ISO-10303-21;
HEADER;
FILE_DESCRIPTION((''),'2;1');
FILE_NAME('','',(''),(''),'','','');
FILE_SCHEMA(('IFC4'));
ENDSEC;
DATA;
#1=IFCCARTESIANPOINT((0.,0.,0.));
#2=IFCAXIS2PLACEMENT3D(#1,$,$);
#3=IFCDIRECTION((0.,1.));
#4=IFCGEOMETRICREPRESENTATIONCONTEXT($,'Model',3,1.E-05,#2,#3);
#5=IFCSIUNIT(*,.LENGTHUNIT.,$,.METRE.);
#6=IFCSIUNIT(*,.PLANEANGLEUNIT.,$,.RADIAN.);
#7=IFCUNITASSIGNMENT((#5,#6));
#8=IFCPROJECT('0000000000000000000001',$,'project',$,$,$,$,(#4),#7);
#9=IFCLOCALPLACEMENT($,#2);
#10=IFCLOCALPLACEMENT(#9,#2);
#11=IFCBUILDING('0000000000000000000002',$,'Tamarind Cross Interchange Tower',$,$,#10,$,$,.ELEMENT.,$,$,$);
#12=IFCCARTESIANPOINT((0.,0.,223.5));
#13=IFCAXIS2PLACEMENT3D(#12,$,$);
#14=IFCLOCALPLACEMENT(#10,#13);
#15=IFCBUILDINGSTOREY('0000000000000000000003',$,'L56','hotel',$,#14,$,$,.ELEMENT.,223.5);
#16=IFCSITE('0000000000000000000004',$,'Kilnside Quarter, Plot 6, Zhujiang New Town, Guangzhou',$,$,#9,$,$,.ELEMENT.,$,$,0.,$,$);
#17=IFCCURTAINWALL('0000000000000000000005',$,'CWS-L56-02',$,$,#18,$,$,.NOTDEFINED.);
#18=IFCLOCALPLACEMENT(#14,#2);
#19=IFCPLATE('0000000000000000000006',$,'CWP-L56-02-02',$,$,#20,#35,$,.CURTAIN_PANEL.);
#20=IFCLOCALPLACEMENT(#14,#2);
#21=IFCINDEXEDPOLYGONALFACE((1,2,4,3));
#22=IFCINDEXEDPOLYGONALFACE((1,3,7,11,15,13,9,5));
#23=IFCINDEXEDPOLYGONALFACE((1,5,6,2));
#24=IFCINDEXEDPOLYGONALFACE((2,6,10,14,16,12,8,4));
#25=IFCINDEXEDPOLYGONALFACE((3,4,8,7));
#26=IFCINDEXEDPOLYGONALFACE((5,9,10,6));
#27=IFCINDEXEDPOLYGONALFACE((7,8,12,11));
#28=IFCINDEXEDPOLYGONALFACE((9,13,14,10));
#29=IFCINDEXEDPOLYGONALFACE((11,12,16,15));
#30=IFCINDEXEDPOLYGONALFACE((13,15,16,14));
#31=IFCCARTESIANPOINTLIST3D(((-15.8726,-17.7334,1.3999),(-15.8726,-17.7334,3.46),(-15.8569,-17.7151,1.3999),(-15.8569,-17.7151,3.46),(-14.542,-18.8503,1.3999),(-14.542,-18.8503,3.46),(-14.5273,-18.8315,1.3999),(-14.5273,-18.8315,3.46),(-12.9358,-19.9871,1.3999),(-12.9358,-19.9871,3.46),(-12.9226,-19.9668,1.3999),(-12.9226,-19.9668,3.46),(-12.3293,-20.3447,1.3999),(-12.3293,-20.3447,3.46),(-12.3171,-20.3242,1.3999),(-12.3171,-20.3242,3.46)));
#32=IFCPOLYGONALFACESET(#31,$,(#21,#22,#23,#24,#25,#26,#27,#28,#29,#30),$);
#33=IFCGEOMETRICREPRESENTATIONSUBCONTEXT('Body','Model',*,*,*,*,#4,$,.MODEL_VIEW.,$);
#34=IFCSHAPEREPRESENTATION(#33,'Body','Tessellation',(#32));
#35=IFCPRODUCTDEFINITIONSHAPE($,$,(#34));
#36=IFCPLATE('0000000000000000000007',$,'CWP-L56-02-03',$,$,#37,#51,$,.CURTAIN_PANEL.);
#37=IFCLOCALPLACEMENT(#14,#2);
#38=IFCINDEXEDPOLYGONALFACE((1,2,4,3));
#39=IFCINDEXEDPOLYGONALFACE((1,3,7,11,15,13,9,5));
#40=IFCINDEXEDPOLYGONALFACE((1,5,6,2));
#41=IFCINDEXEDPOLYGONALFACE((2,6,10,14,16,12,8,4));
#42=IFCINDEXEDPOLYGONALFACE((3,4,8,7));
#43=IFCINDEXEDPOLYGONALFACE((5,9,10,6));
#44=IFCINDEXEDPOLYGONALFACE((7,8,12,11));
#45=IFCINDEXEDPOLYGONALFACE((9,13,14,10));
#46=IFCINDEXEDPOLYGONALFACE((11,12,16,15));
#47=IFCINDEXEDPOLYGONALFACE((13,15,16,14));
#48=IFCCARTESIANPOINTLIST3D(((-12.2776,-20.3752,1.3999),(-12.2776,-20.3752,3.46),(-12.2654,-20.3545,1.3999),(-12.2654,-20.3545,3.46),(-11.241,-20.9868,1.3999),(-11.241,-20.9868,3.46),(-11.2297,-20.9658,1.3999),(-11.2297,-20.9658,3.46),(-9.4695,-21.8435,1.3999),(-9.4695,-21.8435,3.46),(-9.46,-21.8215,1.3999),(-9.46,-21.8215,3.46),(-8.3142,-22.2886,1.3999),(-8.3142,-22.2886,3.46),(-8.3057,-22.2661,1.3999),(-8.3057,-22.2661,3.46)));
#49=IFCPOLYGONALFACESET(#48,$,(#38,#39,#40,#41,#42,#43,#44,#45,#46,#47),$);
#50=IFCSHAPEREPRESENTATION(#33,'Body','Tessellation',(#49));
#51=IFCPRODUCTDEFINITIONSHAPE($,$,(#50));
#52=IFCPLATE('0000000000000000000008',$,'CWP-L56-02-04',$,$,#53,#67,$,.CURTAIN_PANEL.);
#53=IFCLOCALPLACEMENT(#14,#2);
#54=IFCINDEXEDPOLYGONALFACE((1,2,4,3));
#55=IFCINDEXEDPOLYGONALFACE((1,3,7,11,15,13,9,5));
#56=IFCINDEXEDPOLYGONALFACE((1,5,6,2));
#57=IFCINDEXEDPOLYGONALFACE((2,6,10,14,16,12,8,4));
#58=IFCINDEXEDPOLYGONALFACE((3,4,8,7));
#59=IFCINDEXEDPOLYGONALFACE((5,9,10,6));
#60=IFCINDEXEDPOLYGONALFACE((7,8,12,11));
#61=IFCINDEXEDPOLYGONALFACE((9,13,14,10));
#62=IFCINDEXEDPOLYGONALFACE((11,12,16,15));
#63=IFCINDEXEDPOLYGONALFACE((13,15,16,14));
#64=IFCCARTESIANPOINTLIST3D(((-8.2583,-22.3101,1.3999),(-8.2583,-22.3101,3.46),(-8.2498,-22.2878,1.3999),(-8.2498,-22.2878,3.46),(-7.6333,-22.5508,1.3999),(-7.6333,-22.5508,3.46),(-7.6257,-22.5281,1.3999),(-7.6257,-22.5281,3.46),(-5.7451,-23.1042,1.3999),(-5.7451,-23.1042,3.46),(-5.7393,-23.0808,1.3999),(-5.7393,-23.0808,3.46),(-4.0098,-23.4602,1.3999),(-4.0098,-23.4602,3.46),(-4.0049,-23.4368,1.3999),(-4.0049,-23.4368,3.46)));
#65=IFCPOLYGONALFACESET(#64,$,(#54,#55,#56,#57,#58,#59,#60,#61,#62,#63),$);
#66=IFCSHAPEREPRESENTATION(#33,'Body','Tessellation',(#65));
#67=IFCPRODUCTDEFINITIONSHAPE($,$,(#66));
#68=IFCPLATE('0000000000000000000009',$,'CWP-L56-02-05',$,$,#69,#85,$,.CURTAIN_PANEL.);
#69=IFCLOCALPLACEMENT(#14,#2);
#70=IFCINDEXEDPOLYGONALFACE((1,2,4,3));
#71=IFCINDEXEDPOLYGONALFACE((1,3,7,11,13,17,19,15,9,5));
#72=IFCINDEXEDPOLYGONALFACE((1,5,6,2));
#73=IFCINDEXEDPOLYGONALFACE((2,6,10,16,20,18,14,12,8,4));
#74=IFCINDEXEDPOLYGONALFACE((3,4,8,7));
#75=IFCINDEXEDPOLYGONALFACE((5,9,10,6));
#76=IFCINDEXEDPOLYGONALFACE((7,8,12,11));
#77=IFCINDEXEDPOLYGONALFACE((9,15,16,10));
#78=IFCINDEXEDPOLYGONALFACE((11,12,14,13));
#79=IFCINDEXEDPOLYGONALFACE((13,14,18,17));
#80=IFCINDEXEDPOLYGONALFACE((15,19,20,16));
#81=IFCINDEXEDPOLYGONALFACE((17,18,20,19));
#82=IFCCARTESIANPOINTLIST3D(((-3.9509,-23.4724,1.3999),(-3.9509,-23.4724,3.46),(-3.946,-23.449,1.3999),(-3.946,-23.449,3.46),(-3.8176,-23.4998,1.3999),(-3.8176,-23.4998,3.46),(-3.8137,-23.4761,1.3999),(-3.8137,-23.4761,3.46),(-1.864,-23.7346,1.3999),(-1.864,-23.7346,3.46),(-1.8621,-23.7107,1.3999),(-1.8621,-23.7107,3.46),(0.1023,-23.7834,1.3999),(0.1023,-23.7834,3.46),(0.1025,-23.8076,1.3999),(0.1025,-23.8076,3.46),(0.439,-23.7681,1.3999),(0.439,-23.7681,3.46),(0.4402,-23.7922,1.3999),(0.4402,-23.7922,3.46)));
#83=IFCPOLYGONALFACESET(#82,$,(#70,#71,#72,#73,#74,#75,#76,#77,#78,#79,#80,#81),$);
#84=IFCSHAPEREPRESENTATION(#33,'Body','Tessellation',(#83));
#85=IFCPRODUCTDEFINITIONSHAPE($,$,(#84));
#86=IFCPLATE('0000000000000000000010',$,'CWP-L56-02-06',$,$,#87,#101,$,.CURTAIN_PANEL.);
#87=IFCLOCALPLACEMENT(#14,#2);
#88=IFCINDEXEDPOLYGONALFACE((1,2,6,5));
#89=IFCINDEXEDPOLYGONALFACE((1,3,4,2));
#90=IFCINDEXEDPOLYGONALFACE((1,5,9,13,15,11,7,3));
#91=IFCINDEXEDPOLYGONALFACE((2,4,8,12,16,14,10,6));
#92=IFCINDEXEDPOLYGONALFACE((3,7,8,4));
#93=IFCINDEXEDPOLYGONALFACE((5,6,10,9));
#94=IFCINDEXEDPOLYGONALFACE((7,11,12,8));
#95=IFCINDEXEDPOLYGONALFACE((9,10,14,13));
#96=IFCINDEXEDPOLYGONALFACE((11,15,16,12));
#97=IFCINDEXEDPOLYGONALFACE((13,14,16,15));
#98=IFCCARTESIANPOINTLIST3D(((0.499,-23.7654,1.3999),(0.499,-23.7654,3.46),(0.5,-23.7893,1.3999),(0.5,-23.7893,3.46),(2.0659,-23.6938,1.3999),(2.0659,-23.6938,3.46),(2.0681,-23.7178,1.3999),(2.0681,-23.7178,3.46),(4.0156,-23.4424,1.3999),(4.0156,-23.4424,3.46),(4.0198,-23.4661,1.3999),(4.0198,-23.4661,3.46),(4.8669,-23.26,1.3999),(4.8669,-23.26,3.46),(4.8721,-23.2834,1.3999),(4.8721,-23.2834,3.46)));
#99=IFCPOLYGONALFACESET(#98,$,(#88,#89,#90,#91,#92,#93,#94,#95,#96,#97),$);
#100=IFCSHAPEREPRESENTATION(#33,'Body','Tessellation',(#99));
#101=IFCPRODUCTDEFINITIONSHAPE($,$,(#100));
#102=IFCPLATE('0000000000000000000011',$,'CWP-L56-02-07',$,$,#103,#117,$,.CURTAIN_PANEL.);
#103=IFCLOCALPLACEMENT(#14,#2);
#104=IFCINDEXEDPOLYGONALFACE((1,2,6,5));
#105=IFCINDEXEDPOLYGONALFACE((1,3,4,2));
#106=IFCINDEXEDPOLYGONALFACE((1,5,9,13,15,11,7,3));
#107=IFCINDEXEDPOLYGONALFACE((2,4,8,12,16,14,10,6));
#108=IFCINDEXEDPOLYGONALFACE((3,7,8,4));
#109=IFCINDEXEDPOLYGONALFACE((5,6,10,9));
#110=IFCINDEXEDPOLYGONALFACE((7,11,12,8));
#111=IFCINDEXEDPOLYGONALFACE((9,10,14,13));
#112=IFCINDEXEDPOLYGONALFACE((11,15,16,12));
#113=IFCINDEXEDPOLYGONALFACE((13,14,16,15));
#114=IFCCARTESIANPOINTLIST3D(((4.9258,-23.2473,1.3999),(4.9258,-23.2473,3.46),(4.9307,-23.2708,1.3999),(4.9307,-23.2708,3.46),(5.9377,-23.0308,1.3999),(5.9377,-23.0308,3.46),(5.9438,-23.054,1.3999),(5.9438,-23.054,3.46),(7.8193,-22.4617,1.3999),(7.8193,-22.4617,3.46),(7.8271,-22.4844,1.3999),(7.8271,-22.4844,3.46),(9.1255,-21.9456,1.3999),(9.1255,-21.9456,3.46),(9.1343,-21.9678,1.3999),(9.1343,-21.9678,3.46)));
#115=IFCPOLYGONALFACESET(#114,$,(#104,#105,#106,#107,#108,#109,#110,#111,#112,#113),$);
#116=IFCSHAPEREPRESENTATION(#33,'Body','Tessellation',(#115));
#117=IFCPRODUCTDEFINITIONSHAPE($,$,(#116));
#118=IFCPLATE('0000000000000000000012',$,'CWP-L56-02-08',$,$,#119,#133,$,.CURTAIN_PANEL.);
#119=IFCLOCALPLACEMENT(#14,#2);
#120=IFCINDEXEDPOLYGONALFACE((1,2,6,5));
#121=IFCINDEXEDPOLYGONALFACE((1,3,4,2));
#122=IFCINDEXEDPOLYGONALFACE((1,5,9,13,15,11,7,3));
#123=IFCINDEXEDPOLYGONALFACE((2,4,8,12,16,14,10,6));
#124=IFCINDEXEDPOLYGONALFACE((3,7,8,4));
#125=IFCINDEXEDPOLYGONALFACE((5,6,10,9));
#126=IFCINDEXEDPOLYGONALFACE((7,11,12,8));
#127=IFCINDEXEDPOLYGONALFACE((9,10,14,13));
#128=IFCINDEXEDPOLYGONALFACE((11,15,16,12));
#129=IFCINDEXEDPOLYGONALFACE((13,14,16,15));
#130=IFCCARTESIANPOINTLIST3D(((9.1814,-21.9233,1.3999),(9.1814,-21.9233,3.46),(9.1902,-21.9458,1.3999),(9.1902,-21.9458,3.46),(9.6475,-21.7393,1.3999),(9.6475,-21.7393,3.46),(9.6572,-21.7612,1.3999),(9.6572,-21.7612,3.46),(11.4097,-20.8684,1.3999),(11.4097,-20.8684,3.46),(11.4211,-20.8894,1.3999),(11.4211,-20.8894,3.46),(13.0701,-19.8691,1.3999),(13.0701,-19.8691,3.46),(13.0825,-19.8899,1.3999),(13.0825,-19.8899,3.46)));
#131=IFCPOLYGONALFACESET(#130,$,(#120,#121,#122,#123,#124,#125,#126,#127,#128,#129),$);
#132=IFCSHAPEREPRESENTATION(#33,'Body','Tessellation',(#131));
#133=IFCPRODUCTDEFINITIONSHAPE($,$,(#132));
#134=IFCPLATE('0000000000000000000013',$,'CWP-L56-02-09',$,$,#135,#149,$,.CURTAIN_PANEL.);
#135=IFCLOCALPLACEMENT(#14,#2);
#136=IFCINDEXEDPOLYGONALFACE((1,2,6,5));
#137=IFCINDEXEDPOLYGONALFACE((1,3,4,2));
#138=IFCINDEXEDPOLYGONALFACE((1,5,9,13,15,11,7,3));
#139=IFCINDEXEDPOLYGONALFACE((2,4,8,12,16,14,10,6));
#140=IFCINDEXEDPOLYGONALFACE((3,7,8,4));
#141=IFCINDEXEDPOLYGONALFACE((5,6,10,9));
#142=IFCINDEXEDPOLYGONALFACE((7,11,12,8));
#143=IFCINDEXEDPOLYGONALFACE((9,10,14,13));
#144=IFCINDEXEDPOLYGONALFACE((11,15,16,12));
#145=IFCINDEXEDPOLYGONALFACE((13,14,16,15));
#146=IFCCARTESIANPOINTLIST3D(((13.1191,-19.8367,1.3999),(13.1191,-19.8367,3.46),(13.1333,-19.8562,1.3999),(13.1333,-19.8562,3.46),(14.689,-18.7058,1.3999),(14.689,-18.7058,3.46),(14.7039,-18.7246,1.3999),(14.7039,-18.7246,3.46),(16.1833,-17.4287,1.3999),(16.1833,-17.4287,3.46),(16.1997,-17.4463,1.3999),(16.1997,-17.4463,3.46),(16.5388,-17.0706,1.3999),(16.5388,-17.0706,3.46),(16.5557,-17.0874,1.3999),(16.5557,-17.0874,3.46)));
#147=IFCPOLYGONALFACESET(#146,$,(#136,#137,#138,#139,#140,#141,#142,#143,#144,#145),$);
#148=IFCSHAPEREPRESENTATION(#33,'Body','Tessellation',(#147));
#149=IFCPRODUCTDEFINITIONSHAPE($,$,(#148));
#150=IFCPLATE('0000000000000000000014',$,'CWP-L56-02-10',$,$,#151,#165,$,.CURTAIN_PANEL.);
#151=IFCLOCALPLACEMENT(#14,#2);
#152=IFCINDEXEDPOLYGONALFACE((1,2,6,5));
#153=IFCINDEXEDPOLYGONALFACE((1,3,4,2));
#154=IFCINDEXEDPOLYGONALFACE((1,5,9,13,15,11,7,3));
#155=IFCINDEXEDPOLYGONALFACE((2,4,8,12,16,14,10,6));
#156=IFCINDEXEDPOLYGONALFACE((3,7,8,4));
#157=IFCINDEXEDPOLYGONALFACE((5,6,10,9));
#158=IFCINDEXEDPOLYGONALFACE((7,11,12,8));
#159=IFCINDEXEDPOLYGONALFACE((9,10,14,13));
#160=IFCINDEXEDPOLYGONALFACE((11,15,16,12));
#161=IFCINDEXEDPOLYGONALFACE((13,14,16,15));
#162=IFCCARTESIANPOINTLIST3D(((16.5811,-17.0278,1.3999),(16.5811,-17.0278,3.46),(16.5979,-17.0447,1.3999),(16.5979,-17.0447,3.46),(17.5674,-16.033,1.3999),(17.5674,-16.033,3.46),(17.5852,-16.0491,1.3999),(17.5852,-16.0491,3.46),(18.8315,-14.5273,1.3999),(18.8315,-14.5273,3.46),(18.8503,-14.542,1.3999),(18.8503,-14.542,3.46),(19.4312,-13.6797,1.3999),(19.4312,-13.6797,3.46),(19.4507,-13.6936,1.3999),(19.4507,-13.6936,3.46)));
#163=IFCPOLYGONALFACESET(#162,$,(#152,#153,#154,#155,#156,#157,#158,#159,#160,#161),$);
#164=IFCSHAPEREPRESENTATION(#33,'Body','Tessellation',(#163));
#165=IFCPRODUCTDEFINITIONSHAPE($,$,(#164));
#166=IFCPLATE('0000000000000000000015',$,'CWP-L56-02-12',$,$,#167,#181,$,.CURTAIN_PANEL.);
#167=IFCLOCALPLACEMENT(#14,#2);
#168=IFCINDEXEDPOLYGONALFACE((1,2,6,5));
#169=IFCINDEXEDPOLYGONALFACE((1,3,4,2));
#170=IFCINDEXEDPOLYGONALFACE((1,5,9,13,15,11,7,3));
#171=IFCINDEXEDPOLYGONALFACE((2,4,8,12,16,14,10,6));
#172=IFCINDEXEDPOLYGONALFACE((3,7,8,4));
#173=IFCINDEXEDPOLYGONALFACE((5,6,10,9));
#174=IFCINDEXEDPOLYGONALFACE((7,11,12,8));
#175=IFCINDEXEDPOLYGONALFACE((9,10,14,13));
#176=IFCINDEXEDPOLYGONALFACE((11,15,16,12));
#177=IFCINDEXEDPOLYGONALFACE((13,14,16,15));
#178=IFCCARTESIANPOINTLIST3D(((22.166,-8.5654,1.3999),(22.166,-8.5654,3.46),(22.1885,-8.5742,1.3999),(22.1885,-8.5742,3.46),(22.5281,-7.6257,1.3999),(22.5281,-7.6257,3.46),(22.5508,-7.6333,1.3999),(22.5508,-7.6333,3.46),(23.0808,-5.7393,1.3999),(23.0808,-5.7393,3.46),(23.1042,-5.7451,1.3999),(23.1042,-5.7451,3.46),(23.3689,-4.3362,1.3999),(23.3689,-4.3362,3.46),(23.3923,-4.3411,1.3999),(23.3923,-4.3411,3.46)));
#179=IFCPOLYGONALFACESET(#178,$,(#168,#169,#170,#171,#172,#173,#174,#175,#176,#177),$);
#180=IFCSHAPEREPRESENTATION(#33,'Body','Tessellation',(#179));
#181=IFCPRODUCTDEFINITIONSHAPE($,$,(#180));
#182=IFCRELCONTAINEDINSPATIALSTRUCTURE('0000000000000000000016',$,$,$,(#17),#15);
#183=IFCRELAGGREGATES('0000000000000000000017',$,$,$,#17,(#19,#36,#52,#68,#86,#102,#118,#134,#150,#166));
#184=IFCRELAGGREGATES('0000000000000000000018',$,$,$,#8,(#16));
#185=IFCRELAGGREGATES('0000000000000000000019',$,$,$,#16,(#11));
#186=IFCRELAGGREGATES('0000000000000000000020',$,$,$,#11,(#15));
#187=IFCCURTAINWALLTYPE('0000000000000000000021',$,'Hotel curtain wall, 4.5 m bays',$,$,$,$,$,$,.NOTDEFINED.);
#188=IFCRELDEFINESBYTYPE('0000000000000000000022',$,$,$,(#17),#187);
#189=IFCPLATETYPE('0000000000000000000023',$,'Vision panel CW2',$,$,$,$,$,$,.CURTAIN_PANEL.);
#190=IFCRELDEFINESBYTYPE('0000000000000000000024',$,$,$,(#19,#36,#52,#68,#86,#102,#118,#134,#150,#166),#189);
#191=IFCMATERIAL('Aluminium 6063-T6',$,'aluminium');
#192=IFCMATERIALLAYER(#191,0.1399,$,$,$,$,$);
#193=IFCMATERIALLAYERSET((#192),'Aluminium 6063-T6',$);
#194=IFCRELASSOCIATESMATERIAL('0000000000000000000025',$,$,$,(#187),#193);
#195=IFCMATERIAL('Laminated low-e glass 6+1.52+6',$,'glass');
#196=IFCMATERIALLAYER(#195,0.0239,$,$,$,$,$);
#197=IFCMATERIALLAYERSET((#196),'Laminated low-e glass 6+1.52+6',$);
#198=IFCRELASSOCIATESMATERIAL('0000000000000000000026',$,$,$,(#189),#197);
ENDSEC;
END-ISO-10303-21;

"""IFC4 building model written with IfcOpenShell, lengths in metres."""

from ifc_helpers import new_model, si_unit, direction, frame, origin, place, context, subcontext, project, spatial, polyline, outline, extrude, material, layer, layer_set, type_object, element, aggregate, save


model = new_model("IFC4")

# Units and contexts
model_context = context("Model", 3, precision=1e-05, world=origin(), true_north=direction((0.0, 1.0)))
body_context = subcontext(model_context, "Body", "Model", "MODEL_VIEW")
ifc_project = project(units=[si_unit("LENGTHUNIT", "METRE"), si_unit("PLANEANGLEUNIT", "RADIAN")], contexts=[model_context])

# Site, building, storey
site_placement = place(None, origin())
site = spatial("IfcSite", under=ifc_project, at=site_placement, Name="Kilnside Quarter, Plot 6, Zhujiang New Town, Guangzhou", CompositionType="ELEMENT", RefElevation=0.0)
building_placement = place(site_placement, origin())
building = spatial("IfcBuilding", under=site, at=building_placement, Name="Tamarind Cross Interchange Tower", CompositionType="ELEMENT")
storey_placement = place(building_placement, frame((0.0, 0.0, 223.5)))
storey = spatial("IfcBuildingStorey", under=building, at=storey_placement, Name="L56", Description="hotel", CompositionType="ELEMENT", Elevation=223.5)

# Shared definitions
ifc_material_1 = material(Name="Aluminium 6063-T6", Category="aluminium")
ifc_layer_1 = layer(ifc_material_1, 0.1399)
ifc_layer_set_1 = layer_set([ifc_layer_1], Name="Aluminium 6063-T6")
curtain_wall_type = type_object("IfcCurtainWallType", Name="Hotel curtain wall, 4.5 m bays", PredefinedType="NOTDEFINED", material=ifc_layer_set_1)

# Shared definitions
ifc_material_2 = material(Name="Laminated low-e glass 6+1.52+6", Category="glass")
ifc_layer_2 = layer(ifc_material_2, 0.0239)
ifc_layer_set_2 = layer_set([ifc_layer_2], Name="Laminated low-e glass 6+1.52+6")
plate_type = type_object("IfcPlateType", Name="Vision panel CW2", PredefinedType="CURTAIN_PANEL", material=ifc_layer_set_2)

# Curtain wall, plates
curtain_wall_1_placement = place(storey_placement, origin())
curtain_wall_1 = element("IfcCurtainWall", 1, at=curtain_wall_1_placement, inside=storey, type_object=curtain_wall_type, Name="CWS-L56-02", PredefinedType="NOTDEFINED")
plate_1_placement = place(storey_placement, frame((0.0, 0.0, 1.3999)))
plate_1 = element("IfcPlate", 2, at=plate_1_placement, type_object=plate_type, Name="CWP-L56-02-02", PredefinedType="CURTAIN_PANEL", context=body_context, shape_type="SweptSolid", body=[
    extrude(outline(polyline([(-15.8569, -17.7151), (-14.5273, -18.8315), (-12.9226, -19.9668), (-12.3171, -20.3242), (-12.3293, -20.3447), (-12.9358, -19.9871), (-14.542, -18.8503), (-15.8726, -17.7334), (-15.8569, -17.7151)])), origin(), (0.0, 0.0, 1.0), 2.0601),
])
plate_2_placement = place(storey_placement, frame((0.0, 0.0, 1.3999)))
plate_2 = element("IfcPlate", 3, at=plate_2_placement, type_object=plate_type, Name="CWP-L56-02-03", PredefinedType="CURTAIN_PANEL", context=body_context, shape_type="SweptSolid", body=[
    extrude(outline(polyline([(-12.2654, -20.3545), (-11.2297, -20.9658), (-9.46, -21.8215), (-8.3057, -22.2661), (-8.3142, -22.2886), (-9.4695, -21.8435), (-11.241, -20.9868), (-12.2776, -20.3752), (-12.2654, -20.3545)])), origin(), (0.0, 0.0, 1.0), 2.0601),
])
plate_3_placement = place(storey_placement, frame((0.0, 0.0, 1.3999)))
plate_3 = element("IfcPlate", 4, at=plate_3_placement, type_object=plate_type, Name="CWP-L56-02-04", PredefinedType="CURTAIN_PANEL", context=body_context, shape_type="SweptSolid", body=[
    extrude(outline(polyline([(-8.2498, -22.2878), (-7.6257, -22.5281), (-5.7393, -23.0808), (-4.0049, -23.4368), (-4.0098, -23.4602), (-5.7451, -23.1042), (-7.6333, -22.5508), (-8.2583, -22.3101), (-8.2498, -22.2878)])), origin(), (0.0, 0.0, 1.0), 2.0601),
])
plate_4_placement = place(storey_placement, frame((0.0, 0.0, 1.3999)))
plate_4 = element("IfcPlate", 5, at=plate_4_placement, type_object=plate_type, Name="CWP-L56-02-05", PredefinedType="CURTAIN_PANEL", context=body_context, shape_type="SweptSolid", body=[
    extrude(outline(polyline([(-3.946, -23.449), (-3.8137, -23.4761), (-1.8621, -23.7107), (0.1023, -23.7834), (0.439, -23.7681), (0.4402, -23.7922), (0.1025, -23.8076), (-1.864, -23.7346), (-3.8176, -23.4998), (-3.9509, -23.4724), (-3.946, -23.449)])), origin(), (0.0, 0.0, 1.0), 2.0601),
])
plate_5_placement = place(storey_placement, frame((0.0, 0.0, 1.3999)))
plate_5 = element("IfcPlate", 6, at=plate_5_placement, type_object=plate_type, Name="CWP-L56-02-06", PredefinedType="CURTAIN_PANEL", context=body_context, shape_type="SweptSolid", body=[
    extrude(outline(polyline([(0.499, -23.7654), (2.0659, -23.6938), (4.0156, -23.4424), (4.8669, -23.26), (4.8721, -23.2834), (4.0198, -23.4661), (2.0681, -23.7178), (0.5, -23.7893), (0.499, -23.7654)])), origin(), (0.0, 0.0, 1.0), 2.0601),
])
plate_6_placement = place(storey_placement, frame((0.0, 0.0, 1.3999)))
plate_6 = element("IfcPlate", 7, at=plate_6_placement, type_object=plate_type, Name="CWP-L56-02-07", PredefinedType="CURTAIN_PANEL", context=body_context, shape_type="SweptSolid", body=[
    extrude(outline(polyline([(4.9258, -23.2473), (5.9377, -23.0308), (7.8193, -22.4617), (9.1255, -21.9456), (9.1343, -21.9678), (7.8271, -22.4844), (5.9438, -23.054), (4.9307, -23.2708), (4.9258, -23.2473)])), origin(), (0.0, 0.0, 1.0), 2.0601),
])
plate_7_placement = place(storey_placement, frame((0.0, 0.0, 1.3999)))
plate_7 = element("IfcPlate", 8, at=plate_7_placement, type_object=plate_type, Name="CWP-L56-02-08", PredefinedType="CURTAIN_PANEL", context=body_context, shape_type="SweptSolid", body=[
    extrude(outline(polyline([(9.1814, -21.9233), (9.6475, -21.7393), (11.4097, -20.8684), (13.0701, -19.8691), (13.0825, -19.8899), (11.4211, -20.8894), (9.6572, -21.7612), (9.1902, -21.9458), (9.1814, -21.9233)])), origin(), (0.0, 0.0, 1.0), 2.0601),
])
plate_8_placement = place(storey_placement, frame((0.0, 0.0, 1.3999)))
plate_8 = element("IfcPlate", 9, at=plate_8_placement, type_object=plate_type, Name="CWP-L56-02-09", PredefinedType="CURTAIN_PANEL", context=body_context, shape_type="SweptSolid", body=[
    extrude(outline(polyline([(13.1191, -19.8367), (14.689, -18.7058), (16.1833, -17.4287), (16.5388, -17.0706), (16.5557, -17.0874), (16.1997, -17.4463), (14.7039, -18.7246), (13.1333, -19.8562), (13.1191, -19.8367)])), origin(), (0.0, 0.0, 1.0), 2.0601),
])
plate_9_placement = place(storey_placement, frame((0.0, 0.0, 1.3999)))
plate_9 = element("IfcPlate", 10, at=plate_9_placement, type_object=plate_type, Name="CWP-L56-02-10", PredefinedType="CURTAIN_PANEL", context=body_context, shape_type="SweptSolid", body=[
    extrude(outline(polyline([(16.5811, -17.0278), (17.5674, -16.033), (18.8315, -14.5273), (19.4312, -13.6797), (19.4507, -13.6936), (18.8503, -14.542), (17.5852, -16.0491), (16.5979, -17.0447), (16.5811, -17.0278)])), origin(), (0.0, 0.0, 1.0), 2.0601),
])
plate_10_placement = place(storey_placement, frame((0.0, 0.0, 1.3999)))
plate_10 = element("IfcPlate", 11, at=plate_10_placement, type_object=plate_type, Name="CWP-L56-02-12", PredefinedType="CURTAIN_PANEL", context=body_context, shape_type="SweptSolid", body=[
    extrude(outline(polyline([(22.166, -8.5654), (22.5281, -7.6257), (23.0808, -5.7393), (23.3689, -4.3362), (23.3923, -4.3411), (23.1042, -5.7451), (22.5508, -7.6333), (22.1885, -8.5742), (22.166, -8.5654)])), origin(), (0.0, 0.0, 1.0), 2.0601),
])
aggregate(curtain_wall_1, [plate_1, plate_2, plate_3, plate_4, plate_5, plate_6, plate_7, plate_8, plate_9, plate_10])

save(model, "model.ifc")
